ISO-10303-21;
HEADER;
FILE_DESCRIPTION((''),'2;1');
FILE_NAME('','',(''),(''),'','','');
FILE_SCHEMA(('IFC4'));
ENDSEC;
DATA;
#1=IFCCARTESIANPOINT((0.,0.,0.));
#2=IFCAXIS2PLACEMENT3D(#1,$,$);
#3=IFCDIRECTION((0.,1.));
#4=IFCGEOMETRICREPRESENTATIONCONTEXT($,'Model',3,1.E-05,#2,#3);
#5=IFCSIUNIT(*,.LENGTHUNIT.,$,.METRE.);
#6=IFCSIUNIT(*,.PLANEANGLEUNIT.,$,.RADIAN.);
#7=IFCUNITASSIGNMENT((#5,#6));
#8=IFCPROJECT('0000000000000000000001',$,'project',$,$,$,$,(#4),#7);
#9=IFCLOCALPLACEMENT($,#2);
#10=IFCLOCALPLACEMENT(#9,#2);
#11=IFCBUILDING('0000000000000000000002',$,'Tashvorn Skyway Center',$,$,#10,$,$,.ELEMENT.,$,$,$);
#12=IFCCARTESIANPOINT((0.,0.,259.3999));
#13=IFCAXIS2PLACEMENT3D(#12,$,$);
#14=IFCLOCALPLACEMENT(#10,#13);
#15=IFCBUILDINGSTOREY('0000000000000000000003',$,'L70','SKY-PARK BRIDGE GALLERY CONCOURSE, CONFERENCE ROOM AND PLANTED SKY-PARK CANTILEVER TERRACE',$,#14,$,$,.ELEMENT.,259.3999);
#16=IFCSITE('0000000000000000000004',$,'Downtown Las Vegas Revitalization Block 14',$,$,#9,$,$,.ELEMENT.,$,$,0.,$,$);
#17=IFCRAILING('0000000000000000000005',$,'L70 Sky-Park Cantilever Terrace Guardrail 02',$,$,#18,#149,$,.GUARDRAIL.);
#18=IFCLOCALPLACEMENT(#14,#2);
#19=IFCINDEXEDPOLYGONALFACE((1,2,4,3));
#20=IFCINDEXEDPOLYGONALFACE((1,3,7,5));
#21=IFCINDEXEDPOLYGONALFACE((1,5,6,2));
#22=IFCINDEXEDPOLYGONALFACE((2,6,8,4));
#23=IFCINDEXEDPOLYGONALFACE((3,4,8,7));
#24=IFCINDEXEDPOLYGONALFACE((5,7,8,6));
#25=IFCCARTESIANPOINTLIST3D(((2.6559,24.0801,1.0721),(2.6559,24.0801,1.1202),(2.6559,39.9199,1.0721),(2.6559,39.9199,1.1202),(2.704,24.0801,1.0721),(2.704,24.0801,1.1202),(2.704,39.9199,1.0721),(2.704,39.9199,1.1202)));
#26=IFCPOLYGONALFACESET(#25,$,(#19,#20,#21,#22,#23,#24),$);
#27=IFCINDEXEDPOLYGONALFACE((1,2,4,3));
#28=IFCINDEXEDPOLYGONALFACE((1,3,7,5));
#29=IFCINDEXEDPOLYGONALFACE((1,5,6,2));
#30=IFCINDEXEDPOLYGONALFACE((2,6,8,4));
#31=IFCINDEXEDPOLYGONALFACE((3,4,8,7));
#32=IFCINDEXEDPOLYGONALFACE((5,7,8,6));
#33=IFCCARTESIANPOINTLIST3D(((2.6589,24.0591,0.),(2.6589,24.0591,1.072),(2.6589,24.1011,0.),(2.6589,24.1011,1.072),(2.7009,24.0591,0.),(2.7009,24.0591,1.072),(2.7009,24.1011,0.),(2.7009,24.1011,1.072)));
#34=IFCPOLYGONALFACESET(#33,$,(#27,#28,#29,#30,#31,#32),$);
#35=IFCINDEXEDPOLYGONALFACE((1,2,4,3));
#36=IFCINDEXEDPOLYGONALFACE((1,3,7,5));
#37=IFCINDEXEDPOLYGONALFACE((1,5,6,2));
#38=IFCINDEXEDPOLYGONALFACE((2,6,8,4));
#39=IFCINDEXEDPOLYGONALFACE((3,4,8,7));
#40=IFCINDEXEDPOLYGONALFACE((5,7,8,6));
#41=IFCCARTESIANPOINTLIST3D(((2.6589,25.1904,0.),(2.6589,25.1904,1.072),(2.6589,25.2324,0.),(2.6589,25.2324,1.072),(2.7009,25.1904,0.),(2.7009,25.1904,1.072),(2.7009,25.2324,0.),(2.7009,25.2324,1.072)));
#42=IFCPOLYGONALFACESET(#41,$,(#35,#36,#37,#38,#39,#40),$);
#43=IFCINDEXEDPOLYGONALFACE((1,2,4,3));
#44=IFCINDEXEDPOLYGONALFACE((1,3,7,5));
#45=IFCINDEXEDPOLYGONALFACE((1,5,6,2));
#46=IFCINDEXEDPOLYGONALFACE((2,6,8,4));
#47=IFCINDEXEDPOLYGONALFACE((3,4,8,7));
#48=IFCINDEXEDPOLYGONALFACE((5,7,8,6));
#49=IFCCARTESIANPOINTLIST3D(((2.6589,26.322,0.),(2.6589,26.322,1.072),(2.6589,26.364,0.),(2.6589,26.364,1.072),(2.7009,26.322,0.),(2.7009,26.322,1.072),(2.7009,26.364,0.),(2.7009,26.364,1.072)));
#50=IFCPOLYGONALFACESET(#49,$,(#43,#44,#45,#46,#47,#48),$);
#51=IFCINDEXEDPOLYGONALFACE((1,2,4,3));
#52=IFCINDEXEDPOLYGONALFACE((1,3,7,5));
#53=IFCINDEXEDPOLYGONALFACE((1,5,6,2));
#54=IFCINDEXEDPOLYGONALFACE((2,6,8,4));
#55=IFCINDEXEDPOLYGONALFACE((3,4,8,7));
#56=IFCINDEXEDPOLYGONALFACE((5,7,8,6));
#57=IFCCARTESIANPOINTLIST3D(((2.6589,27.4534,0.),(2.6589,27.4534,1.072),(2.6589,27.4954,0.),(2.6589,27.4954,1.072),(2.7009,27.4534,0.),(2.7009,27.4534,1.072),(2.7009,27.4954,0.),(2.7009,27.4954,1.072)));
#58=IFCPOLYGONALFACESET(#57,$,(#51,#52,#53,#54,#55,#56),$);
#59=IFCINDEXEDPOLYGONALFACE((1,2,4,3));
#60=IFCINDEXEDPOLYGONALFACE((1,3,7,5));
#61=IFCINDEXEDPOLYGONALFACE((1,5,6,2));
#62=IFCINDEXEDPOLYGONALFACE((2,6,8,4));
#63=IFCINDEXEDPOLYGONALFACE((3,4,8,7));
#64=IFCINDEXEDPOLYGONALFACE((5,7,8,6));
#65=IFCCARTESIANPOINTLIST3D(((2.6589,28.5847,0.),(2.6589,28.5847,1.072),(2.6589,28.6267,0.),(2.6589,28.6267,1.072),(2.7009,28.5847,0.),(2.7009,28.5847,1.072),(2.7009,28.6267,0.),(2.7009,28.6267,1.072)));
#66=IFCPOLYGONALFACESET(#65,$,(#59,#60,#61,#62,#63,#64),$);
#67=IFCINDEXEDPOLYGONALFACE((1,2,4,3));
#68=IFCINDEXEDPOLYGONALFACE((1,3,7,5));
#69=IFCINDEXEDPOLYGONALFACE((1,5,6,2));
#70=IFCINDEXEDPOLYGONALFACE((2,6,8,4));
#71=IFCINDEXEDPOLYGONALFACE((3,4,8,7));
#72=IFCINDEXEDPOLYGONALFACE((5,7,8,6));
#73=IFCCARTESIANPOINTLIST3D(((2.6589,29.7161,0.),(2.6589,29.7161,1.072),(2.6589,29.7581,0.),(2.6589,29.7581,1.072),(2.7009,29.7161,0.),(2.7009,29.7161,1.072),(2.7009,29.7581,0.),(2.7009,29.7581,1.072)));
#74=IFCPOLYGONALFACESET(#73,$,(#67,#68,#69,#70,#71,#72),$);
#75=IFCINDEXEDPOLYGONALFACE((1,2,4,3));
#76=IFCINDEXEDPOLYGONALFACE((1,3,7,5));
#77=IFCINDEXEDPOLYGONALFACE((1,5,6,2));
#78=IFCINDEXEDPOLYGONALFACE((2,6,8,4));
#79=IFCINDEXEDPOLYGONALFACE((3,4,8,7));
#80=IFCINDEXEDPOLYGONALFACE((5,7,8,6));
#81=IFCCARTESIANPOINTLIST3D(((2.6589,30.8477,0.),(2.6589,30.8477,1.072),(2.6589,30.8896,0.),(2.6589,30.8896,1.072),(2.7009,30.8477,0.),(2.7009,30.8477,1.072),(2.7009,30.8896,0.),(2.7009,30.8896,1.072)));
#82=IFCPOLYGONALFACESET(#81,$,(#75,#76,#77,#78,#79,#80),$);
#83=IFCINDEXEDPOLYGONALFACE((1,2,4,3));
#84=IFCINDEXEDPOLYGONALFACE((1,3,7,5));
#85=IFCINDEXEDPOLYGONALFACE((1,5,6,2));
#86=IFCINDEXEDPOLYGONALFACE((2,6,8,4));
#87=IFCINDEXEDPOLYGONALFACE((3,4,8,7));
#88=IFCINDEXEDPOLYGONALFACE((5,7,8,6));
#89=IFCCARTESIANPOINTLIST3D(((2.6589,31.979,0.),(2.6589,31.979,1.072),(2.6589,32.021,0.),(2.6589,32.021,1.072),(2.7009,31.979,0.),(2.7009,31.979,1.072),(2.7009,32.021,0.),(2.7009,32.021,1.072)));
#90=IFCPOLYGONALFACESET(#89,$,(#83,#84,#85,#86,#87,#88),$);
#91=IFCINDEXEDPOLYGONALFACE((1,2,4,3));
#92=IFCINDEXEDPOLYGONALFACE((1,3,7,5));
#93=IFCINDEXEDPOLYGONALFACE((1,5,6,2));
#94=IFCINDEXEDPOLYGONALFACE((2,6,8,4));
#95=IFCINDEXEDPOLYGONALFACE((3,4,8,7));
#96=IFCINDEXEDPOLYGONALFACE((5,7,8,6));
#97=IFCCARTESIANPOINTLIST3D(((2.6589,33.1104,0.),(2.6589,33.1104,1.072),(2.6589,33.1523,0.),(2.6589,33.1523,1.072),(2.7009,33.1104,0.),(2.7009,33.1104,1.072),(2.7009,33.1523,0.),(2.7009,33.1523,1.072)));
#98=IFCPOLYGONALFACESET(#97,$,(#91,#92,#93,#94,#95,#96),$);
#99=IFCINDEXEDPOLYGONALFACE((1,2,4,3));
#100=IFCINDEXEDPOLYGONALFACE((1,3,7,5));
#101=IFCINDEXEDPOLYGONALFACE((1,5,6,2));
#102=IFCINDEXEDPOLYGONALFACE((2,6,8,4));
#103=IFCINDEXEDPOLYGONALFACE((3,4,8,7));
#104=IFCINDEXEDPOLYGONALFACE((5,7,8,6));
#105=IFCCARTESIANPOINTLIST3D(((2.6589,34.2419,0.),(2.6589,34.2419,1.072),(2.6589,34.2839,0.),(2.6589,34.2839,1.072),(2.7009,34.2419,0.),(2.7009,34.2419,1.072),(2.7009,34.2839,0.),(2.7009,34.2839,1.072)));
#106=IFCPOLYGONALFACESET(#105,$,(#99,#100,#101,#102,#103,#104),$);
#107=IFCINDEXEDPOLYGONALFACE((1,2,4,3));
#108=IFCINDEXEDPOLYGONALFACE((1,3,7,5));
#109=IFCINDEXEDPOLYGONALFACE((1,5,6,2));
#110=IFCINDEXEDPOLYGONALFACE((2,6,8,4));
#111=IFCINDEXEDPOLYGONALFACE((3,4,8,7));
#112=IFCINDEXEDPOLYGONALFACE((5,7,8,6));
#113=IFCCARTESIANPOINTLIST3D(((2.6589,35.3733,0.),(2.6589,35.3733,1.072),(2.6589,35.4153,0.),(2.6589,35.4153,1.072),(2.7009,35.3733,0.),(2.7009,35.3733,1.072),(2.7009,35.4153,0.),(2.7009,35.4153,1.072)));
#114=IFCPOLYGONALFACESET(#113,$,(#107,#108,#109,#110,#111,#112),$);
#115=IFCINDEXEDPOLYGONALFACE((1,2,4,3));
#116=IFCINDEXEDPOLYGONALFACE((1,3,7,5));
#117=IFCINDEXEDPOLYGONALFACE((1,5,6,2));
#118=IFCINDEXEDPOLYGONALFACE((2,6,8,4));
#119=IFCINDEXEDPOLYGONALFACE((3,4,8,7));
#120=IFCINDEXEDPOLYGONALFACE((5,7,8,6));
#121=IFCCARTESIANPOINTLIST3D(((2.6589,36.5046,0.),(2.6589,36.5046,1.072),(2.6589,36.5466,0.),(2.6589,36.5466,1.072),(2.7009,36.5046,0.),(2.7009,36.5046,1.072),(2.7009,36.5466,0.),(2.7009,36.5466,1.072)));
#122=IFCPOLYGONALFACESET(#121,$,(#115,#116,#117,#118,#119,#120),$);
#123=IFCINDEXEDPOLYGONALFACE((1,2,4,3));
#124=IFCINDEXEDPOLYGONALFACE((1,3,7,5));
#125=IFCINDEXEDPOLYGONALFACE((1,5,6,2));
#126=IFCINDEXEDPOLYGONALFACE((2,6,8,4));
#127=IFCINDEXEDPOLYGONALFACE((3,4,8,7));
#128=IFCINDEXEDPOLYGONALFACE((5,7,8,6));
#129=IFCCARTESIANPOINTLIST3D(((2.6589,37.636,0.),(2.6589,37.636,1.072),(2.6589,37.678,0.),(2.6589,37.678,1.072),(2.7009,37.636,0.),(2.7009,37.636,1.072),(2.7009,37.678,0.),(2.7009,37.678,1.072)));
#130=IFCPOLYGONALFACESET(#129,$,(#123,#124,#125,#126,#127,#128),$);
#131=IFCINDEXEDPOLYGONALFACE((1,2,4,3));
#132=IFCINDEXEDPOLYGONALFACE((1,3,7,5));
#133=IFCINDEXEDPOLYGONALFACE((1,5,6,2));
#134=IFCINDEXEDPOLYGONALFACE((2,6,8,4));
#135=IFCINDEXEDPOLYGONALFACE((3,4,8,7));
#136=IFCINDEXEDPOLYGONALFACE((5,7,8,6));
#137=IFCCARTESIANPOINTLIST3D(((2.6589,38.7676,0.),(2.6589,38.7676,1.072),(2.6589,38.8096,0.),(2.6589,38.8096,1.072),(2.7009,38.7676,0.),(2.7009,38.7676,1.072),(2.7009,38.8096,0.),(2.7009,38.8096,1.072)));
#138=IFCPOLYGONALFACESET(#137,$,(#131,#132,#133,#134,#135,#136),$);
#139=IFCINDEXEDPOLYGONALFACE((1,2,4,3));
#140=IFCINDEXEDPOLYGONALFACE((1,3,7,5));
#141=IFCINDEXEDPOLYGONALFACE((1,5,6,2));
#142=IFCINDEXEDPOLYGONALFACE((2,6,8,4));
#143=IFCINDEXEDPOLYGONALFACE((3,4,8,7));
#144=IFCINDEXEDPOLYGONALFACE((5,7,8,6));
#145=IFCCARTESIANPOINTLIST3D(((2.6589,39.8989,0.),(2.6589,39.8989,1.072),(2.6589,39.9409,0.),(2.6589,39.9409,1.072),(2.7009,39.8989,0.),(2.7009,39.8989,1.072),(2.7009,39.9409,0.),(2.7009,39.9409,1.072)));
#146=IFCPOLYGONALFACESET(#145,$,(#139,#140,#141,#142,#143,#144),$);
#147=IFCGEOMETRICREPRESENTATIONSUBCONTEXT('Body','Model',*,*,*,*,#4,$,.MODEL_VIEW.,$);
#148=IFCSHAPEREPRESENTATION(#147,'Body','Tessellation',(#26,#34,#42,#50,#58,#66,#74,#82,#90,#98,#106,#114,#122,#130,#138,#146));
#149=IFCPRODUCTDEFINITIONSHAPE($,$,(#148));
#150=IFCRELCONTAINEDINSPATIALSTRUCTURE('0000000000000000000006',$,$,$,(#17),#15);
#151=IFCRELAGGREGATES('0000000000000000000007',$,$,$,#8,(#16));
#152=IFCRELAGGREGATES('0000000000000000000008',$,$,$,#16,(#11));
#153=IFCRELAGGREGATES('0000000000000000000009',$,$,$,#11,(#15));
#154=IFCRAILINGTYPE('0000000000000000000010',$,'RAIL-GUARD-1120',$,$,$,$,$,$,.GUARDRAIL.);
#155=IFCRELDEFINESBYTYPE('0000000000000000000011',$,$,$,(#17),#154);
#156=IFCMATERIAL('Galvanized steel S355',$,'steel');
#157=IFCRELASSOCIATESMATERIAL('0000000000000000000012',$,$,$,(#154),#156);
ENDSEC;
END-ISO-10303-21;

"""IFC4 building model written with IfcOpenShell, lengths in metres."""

from ifc_helpers import new_model, si_unit, direction, frame, origin, origin_2d, place, context, subcontext, project, spatial, rectangle, extrude, material, type_object, element, save


model = new_model("IFC4")

# Units and contexts
model_context = context("Model", 3, precision=1e-05, world=origin(), true_north=direction((0.0, 1.0)))
body_context = subcontext(model_context, "Body", "Model", "MODEL_VIEW")
ifc_project = project(units=[si_unit("LENGTHUNIT", "METRE"), si_unit("PLANEANGLEUNIT", "RADIAN")], contexts=[model_context])

# Site, building, storey
site_placement = place(None, origin())
site = spatial("IfcSite", under=ifc_project, at=site_placement, Name="Downtown Las Vegas Revitalization Block 14", CompositionType="ELEMENT", RefElevation=0.0)
building_placement = place(site_placement, origin())
building = spatial("IfcBuilding", under=site, at=building_placement, Name="Tashvorn Skyway Center", CompositionType="ELEMENT")
storey_placement = place(building_placement, frame((0.0, 0.0, 259.3999)))
storey = spatial("IfcBuildingStorey", under=building, at=storey_placement, Name="L70", Description="SKY-PARK BRIDGE GALLERY CONCOURSE, CONFERENCE ROOM AND PLANTED SKY-PARK CANTILEVER TERRACE", CompositionType="ELEMENT", Elevation=259.3999)

# Railing
ifc_material_1 = material(Name="Galvanized steel S355", Category="steel")
railing_type = type_object("IfcRailingType", Name="RAIL-GUARD-1120", PredefinedType="GUARDRAIL", material=ifc_material_1)
railing_1_placement = place(storey_placement, frame((2.6799, 24.0801, 0.0)))
element("IfcRailing", 1, at=railing_1_placement, inside=storey, type_object=railing_type, Name="L70 Sky-Park Cantilever Terrace Guardrail 02", PredefinedType="GUARDRAIL", context=body_context, shape_type="SweptSolid", body=[
    extrude(rectangle(XDim=0.0481, YDim=0.0481, at=origin_2d()), frame((0.0, 0.0, 1.0962), z_axis=(0.0, 1.0, 0.0), x_axis=(-1.0, 0.0, 0.0)), (0.0, 0.0, 1.0), 15.8398),
    extrude(rectangle(XDim=0.042, YDim=0.042, at=origin_2d()), origin(), (0.0, 0.0, 1.0), 1.072),
    extrude(rectangle(XDim=0.042, YDim=0.042, at=origin_2d()), frame((0.0, 1.1313, 0.0)), (0.0, 0.0, 1.0), 1.072),
    extrude(rectangle(XDim=0.042, YDim=0.042, at=origin_2d()), frame((0.0, 2.2629, 0.0)), (0.0, 0.0, 1.0), 1.072),
    extrude(rectangle(XDim=0.042, YDim=0.042, at=origin_2d()), frame((0.0, 3.3943, 0.0)), (0.0, 0.0, 1.0), 1.072),
    extrude(rectangle(XDim=0.042, YDim=0.042, at=origin_2d()), frame((0.0, 4.5256, 0.0)), (0.0, 0.0, 1.0), 1.072),
    extrude(rectangle(XDim=0.042, YDim=0.042, at=origin_2d()), frame((0.0, 5.657, 0.0)), (0.0, 0.0, 1.0), 1.072),
    extrude(rectangle(XDim=0.042, YDim=0.042, at=origin_2d()), frame((0.0, 6.7886, 0.0)), (0.0, 0.0, 1.0), 1.072),
    extrude(rectangle(XDim=0.042, YDim=0.042, at=origin_2d()), frame((0.0, 7.9199, 0.0)), (0.0, 0.0, 1.0), 1.072),
    extrude(rectangle(XDim=0.042, YDim=0.042, at=origin_2d()), frame((0.0, 9.0513, 0.0)), (0.0, 0.0, 1.0), 1.072),
    extrude(rectangle(XDim=0.042, YDim=0.042, at=origin_2d()), frame((0.0, 10.1829, 0.0)), (0.0, 0.0, 1.0), 1.072),
    extrude(rectangle(XDim=0.042, YDim=0.042, at=origin_2d()), frame((0.0, 11.3142, 0.0)), (0.0, 0.0, 1.0), 1.072),
    extrude(rectangle(XDim=0.042, YDim=0.042, at=origin_2d()), frame((0.0, 12.4456, 0.0)), (0.0, 0.0, 1.0), 1.072),
    extrude(rectangle(XDim=0.042, YDim=0.042, at=origin_2d()), frame((0.0, 13.5769, 0.0)), (0.0, 0.0, 1.0), 1.072),
    extrude(rectangle(XDim=0.042, YDim=0.042, at=origin_2d()), frame((0.0, 14.7085, 0.0)), (0.0, 0.0, 1.0), 1.072),
    extrude(rectangle(XDim=0.042, YDim=0.042, at=origin_2d()), frame((0.0, 15.8398, 0.0)), (0.0, 0.0, 1.0), 1.072),
])

save(model, "model.ifc")
